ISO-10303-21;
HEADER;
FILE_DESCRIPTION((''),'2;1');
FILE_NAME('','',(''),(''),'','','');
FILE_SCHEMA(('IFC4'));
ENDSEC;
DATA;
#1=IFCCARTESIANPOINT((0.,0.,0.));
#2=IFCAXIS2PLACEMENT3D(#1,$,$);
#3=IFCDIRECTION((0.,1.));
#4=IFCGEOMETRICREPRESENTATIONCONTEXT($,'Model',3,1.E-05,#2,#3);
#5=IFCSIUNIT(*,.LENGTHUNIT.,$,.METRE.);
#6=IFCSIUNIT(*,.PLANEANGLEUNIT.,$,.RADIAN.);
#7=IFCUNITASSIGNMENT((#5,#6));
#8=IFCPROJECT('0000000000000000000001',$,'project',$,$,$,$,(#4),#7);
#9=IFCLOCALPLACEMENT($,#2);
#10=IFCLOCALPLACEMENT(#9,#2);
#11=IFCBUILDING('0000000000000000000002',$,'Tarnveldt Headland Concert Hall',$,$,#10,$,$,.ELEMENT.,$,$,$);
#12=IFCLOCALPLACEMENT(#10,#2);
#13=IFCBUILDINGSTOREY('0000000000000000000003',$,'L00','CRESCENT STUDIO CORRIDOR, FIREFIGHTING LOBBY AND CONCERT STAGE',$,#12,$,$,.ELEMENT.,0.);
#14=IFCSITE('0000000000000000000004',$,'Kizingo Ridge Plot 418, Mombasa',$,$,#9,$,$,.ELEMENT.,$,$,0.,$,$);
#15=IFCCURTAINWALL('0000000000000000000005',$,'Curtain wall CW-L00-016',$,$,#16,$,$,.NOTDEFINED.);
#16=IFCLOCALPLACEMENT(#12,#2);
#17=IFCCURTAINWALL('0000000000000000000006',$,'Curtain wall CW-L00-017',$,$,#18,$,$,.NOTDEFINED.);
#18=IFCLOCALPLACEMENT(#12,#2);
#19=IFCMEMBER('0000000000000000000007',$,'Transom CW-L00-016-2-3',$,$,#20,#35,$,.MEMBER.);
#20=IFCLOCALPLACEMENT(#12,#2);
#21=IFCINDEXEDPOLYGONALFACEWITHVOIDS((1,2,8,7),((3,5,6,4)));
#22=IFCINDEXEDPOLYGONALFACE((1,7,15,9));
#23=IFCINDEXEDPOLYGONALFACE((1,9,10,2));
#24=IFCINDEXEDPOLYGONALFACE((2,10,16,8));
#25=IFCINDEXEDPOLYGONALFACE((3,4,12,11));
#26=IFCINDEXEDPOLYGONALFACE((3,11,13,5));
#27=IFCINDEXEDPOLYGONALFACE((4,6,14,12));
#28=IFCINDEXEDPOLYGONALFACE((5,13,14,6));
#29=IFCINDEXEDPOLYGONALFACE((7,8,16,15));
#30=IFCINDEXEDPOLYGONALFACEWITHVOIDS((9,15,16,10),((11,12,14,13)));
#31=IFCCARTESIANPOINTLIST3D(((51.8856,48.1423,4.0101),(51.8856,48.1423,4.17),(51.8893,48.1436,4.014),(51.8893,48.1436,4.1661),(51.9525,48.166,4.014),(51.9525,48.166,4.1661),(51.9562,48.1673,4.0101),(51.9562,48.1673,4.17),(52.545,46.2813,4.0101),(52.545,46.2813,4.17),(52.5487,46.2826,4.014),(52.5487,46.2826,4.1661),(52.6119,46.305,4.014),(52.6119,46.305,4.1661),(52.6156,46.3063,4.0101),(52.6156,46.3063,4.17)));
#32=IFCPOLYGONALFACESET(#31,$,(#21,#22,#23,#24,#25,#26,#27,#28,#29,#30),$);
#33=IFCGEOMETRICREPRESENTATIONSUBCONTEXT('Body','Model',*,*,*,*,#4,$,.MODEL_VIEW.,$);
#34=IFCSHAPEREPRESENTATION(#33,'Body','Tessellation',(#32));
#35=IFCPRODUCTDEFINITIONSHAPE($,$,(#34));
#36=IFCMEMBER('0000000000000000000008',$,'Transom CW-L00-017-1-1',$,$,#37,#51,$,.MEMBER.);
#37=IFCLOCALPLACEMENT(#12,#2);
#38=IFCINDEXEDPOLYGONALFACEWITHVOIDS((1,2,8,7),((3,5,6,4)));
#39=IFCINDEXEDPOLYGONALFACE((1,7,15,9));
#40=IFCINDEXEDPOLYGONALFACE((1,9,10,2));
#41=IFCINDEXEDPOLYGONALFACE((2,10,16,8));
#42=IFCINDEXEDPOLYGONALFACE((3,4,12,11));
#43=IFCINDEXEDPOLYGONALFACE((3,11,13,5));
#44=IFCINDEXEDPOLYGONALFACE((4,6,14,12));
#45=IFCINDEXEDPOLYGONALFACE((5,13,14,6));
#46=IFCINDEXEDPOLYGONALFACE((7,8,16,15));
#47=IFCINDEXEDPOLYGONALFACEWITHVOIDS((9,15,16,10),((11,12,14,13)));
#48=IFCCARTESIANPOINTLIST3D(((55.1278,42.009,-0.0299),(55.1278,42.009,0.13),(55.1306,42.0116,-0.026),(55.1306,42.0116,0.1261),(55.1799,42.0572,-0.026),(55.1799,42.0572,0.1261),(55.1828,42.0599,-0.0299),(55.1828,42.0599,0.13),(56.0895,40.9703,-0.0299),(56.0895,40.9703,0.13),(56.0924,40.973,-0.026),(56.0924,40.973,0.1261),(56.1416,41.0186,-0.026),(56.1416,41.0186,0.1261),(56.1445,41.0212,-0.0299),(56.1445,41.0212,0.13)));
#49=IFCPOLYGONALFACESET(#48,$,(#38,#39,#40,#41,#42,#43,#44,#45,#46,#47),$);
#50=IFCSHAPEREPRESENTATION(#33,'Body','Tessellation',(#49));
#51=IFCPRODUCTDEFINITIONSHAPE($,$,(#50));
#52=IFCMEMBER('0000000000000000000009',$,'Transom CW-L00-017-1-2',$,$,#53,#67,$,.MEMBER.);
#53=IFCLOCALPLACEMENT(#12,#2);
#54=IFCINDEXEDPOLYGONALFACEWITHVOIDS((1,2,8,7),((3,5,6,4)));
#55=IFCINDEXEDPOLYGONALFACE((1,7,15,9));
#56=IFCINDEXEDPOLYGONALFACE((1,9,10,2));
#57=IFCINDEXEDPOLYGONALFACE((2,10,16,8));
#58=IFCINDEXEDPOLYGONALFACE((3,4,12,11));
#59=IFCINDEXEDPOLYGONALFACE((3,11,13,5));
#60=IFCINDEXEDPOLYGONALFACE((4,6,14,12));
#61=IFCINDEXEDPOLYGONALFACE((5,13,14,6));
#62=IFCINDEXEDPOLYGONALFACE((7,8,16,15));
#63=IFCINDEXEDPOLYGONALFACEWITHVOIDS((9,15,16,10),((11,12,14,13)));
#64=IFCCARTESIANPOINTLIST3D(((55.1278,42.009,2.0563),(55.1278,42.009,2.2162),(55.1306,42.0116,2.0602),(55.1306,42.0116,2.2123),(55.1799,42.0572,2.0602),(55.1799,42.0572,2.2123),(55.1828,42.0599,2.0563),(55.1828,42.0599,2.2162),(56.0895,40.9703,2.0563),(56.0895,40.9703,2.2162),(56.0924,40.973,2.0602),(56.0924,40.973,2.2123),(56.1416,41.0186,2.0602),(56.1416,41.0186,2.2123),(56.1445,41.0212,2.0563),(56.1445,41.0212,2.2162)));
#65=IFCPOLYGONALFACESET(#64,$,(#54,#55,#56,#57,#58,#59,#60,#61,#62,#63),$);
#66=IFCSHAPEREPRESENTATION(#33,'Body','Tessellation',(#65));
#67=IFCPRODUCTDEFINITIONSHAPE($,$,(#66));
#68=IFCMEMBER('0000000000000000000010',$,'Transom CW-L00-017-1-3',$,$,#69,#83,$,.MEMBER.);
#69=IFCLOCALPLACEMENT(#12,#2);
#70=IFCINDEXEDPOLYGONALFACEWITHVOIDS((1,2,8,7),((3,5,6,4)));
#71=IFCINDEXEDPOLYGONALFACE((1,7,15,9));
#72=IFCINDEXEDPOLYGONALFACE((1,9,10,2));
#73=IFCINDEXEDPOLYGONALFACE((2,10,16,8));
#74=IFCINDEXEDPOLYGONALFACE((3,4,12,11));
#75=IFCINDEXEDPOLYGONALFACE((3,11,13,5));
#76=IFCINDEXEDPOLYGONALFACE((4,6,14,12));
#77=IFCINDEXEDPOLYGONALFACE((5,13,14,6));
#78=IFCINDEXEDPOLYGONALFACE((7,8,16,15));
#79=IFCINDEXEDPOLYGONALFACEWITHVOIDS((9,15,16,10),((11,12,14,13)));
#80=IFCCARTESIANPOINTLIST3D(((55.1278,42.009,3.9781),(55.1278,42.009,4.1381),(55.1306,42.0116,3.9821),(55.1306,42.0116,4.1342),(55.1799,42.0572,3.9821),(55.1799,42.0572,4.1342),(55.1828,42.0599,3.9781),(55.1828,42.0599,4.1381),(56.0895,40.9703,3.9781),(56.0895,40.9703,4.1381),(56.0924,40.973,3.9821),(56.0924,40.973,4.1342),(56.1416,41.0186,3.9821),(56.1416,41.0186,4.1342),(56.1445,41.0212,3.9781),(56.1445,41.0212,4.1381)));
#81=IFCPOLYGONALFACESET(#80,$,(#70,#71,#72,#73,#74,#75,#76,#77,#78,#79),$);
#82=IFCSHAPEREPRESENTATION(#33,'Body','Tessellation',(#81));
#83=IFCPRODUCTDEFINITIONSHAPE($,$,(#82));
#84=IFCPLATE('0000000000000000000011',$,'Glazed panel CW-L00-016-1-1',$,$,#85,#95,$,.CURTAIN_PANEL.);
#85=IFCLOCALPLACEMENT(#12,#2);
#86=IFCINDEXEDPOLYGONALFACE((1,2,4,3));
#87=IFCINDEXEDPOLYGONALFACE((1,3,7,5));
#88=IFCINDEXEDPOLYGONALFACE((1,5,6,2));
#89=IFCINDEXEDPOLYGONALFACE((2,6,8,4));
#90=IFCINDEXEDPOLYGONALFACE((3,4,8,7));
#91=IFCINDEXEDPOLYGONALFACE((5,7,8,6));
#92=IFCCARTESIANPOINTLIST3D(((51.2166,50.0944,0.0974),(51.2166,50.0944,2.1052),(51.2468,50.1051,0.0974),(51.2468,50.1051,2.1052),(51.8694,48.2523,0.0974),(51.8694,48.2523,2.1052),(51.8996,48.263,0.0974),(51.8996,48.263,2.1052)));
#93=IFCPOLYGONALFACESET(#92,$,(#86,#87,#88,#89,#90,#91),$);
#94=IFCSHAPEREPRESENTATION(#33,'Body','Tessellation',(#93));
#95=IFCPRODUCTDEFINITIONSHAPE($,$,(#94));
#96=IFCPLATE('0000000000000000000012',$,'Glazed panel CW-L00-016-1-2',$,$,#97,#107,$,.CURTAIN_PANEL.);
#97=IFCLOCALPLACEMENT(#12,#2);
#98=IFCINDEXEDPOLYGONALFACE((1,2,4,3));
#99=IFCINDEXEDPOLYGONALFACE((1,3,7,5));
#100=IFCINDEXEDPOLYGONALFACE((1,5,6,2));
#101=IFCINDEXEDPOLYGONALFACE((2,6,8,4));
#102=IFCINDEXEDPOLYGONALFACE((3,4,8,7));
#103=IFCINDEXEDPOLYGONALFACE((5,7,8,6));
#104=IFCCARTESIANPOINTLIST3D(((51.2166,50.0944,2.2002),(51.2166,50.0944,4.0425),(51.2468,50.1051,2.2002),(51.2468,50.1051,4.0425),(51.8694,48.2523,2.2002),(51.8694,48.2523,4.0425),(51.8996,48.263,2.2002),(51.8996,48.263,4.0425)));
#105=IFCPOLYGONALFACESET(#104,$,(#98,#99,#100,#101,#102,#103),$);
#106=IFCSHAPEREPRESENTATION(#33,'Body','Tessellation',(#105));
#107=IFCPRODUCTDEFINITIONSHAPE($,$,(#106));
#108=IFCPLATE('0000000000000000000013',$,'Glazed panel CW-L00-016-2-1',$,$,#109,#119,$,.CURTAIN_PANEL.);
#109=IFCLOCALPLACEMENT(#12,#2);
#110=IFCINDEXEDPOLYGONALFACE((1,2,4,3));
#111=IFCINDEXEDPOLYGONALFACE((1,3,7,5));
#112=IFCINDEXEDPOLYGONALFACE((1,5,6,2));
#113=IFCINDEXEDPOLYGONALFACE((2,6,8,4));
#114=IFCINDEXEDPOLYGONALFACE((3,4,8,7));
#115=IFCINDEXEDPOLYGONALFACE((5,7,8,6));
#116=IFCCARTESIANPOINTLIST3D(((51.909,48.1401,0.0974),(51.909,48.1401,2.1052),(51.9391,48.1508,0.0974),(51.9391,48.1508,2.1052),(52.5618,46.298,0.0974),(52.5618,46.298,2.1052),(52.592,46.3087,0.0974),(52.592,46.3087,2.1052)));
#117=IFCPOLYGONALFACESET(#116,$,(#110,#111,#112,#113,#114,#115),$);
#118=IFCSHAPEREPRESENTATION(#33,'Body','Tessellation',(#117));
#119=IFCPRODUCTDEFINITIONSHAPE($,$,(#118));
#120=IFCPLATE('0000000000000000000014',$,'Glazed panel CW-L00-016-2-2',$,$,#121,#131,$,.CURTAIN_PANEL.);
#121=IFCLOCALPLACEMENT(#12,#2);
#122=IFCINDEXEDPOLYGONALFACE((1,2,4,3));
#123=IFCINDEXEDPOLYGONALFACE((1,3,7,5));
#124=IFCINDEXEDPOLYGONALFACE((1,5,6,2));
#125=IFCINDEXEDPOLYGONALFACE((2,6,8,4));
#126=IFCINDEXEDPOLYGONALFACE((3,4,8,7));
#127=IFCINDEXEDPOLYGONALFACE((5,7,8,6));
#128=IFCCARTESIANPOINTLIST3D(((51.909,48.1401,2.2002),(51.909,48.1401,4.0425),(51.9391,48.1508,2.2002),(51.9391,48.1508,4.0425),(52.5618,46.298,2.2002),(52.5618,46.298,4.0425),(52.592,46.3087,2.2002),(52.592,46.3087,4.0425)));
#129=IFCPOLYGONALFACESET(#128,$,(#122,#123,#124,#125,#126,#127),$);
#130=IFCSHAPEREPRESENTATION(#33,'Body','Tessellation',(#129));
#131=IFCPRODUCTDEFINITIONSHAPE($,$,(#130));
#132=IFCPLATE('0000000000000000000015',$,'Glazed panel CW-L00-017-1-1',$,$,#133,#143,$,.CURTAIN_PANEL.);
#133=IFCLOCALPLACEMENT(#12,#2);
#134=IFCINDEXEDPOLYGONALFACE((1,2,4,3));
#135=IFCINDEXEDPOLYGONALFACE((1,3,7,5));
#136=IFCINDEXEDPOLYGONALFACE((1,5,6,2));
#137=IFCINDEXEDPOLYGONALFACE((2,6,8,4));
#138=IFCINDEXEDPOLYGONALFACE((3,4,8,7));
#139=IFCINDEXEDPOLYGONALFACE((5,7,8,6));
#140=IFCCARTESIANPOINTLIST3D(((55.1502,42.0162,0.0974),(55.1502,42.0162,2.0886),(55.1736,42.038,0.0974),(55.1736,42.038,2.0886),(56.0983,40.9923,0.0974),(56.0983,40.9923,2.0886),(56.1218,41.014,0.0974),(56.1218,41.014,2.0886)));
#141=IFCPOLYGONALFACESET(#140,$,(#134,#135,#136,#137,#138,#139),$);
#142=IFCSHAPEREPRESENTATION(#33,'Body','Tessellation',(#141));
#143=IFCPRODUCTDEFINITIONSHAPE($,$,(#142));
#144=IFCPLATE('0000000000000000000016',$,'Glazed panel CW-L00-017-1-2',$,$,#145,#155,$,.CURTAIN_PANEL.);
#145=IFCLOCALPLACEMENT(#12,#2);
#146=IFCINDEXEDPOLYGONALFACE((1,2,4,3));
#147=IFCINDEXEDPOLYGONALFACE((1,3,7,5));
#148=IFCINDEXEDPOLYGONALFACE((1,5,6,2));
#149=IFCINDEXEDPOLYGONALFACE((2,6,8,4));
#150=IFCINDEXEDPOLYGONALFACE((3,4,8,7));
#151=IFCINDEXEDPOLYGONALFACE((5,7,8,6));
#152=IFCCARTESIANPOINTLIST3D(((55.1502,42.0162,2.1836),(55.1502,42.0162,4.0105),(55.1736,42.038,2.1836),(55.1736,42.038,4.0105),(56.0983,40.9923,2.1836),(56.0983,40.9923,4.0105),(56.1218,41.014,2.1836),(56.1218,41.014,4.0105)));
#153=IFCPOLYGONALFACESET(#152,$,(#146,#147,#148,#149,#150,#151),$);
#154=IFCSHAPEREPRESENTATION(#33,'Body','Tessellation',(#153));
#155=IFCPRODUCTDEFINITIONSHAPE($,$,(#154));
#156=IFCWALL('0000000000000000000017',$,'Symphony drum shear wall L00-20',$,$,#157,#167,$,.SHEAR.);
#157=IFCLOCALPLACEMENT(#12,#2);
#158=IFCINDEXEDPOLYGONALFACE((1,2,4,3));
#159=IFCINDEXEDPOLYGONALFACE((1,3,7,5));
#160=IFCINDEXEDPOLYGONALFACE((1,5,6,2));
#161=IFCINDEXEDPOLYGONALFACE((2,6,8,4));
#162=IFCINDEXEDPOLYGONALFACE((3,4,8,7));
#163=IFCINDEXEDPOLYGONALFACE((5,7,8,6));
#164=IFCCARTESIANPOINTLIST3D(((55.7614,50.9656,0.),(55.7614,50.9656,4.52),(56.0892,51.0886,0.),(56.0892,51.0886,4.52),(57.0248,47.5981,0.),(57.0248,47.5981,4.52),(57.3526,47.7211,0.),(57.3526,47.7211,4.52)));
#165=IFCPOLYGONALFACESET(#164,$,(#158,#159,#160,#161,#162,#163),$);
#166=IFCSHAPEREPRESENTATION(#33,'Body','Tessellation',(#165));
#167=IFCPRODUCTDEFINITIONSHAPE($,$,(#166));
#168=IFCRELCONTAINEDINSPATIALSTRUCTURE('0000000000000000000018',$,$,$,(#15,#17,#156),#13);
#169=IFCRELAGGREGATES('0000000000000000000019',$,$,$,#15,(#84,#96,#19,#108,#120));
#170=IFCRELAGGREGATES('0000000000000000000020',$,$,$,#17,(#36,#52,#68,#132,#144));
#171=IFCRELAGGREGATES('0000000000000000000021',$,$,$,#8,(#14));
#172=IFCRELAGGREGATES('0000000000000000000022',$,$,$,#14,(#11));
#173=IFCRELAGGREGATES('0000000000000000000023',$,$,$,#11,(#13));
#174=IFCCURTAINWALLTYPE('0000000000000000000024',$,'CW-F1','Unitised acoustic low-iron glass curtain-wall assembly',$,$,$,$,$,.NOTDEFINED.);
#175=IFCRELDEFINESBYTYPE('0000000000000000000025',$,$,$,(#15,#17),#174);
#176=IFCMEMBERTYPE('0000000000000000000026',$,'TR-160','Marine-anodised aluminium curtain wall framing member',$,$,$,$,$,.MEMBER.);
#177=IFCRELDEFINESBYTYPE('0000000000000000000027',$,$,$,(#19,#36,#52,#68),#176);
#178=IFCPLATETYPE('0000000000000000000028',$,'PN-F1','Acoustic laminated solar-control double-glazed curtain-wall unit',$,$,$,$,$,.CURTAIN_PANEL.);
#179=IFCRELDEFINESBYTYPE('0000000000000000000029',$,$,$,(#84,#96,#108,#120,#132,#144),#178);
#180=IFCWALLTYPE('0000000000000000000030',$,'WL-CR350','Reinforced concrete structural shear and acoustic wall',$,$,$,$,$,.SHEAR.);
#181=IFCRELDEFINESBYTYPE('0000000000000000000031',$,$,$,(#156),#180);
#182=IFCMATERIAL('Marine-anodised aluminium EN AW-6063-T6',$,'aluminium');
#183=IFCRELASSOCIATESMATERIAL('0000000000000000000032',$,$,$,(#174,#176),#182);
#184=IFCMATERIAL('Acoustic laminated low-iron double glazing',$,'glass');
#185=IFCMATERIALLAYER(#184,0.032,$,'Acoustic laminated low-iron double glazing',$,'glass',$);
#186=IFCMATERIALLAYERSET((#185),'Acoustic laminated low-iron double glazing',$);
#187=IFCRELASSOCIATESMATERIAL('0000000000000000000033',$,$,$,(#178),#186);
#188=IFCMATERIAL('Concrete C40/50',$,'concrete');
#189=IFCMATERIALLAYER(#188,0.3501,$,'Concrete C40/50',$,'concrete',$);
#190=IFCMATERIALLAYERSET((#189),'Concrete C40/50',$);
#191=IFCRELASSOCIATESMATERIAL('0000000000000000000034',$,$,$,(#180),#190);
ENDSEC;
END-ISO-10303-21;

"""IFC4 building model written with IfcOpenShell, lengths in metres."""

from ifc_helpers import new_model, si_unit, direction, frame, frame_2d, origin, origin_2d, place, context, subcontext, project, spatial, rectangle, hollow_rectangle, extrude, material, layer, layer_set, material_profile, profile_set, type_object, element, aggregate, save


model = new_model("IFC4")

# Units and contexts
model_context = context("Model", 3, precision=1e-05, world=origin(), true_north=direction((0.0, 1.0)))
body_context = subcontext(model_context, "Body", "Model", "MODEL_VIEW")
ifc_project = project(units=[si_unit("LENGTHUNIT", "METRE"), si_unit("PLANEANGLEUNIT", "RADIAN")], contexts=[model_context])

# Site, building, storey
site_placement = place(None, origin())
site = spatial("IfcSite", under=ifc_project, at=site_placement, Name="Kizingo Ridge Plot 418, Mombasa", CompositionType="ELEMENT", RefElevation=0.0)
building_placement = place(site_placement, origin())
building = spatial("IfcBuilding", under=site, at=building_placement, Name="Tarnveldt Headland Concert Hall", CompositionType="ELEMENT")
storey_placement = place(building_placement, origin())
storey = spatial("IfcBuildingStorey", under=building, at=storey_placement, Name="L00", Description="CRESCENT STUDIO CORRIDOR, FIREFIGHTING LOBBY AND CONCERT STAGE", CompositionType="ELEMENT", Elevation=0.0)

# Shared definitions
ifc_material_1 = material(Name="Concrete C40/50", Category="concrete")

# Curtain wall
ifc_material_2 = material(Name="Marine-anodised aluminium EN AW-6063-T6", Category="aluminium")
curtain_wall_type = type_object("IfcCurtainWallType", Name="CW-F1", Description="Unitised acoustic low-iron glass curtain-wall assembly", PredefinedType="NOTDEFINED", material=ifc_material_2)
curtain_wall_1_placement = place(storey_placement, origin())
curtain_wall_1 = element("IfcCurtainWall", 1, at=curtain_wall_1_placement, inside=storey, type_object=curtain_wall_type, Name="Curtain wall CW-L00-016", PredefinedType="NOTDEFINED")

# Curtain wall
curtain_wall_2_placement = place(storey_placement, origin())
curtain_wall_2 = element("IfcCurtainWall", 2, at=curtain_wall_2_placement, inside=storey, type_object=curtain_wall_type, Name="Curtain wall CW-L00-017", PredefinedType="NOTDEFINED")

# Members
ifc_material_profile_1 = material_profile(ifc_material_2, hollow_rectangle(XDim=0.075, YDim=0.1599, WallThickness=0.0039, at=origin_2d()), Name="ALU TRANSOM 75x160x4", Category="aluminium")
ifc_profile_set_1 = profile_set([ifc_material_profile_1], Name="Marine-anodised aluminium EN AW-6063-T6")
member_type_1 = type_object("IfcMemberType", Name="TR-160", Description="Marine-anodised aluminium curtain wall framing member", PredefinedType="MEMBER", material=ifc_profile_set_1)
member_1_placement = place(storey_placement, frame((51.9209, 48.1548, 4.0901), z_axis=(0.333978, -0.942581, 0.0), x_axis=(0.942581, 0.333978, 0.0)))
member_1 = element("IfcMember", 3, at=member_1_placement, type_object=member_type_1, Name="Transom CW-L00-016-2-3", PredefinedType="MEMBER", context=body_context, shape_type="SweptSolid", body=[
    extrude(hollow_rectangle(XDim=0.075, YDim=0.1599, WallThickness=0.0039, at=origin_2d()), origin(), (0.0, 0.0, 1.0), 1.9744),
])
member_2_placement = place(storey_placement, frame((55.1553, 42.0344, 0.05), z_axis=(0.679418, -0.733751, 0.0), x_axis=(0.733751, 0.679418, 0.0)))
member_2 = element("IfcMember", 4, at=member_2_placement, type_object=member_type_1, Name="Transom CW-L00-017-1-1", PredefinedType="MEMBER", context=body_context, shape_type="SweptSolid", body=[
    extrude(hollow_rectangle(XDim=0.075, YDim=0.1599, WallThickness=0.0039, at=origin_2d()), origin(), (0.0, 0.0, 1.0), 1.4155),
])
member_3_placement = place(storey_placement, frame((55.1553, 42.0344, 2.1362), z_axis=(0.679418, -0.733751, 0.0), x_axis=(0.733751, 0.679418, 0.0)))
member_3 = element("IfcMember", 5, at=member_3_placement, type_object=member_type_1, Name="Transom CW-L00-017-1-2", PredefinedType="MEMBER", context=body_context, shape_type="SweptSolid", body=[
    extrude(hollow_rectangle(XDim=0.075, YDim=0.1599, WallThickness=0.0039, at=origin_2d()), origin(), (0.0, 0.0, 1.0), 1.4155),
])
member_4_placement = place(storey_placement, frame((55.1553, 42.0344, 4.0581), z_axis=(0.679418, -0.733751, 0.0), x_axis=(0.733751, 0.679418, 0.0)))
member_4 = element("IfcMember", 6, at=member_4_placement, type_object=member_type_1, Name="Transom CW-L00-017-1-3", PredefinedType="MEMBER", context=body_context, shape_type="SweptSolid", body=[
    extrude(hollow_rectangle(XDim=0.075, YDim=0.1599, WallThickness=0.0039, at=origin_2d()), origin(), (0.0, 0.0, 1.0), 1.4155),
])

# Plates
ifc_material_3 = material(Name="Acoustic laminated low-iron double glazing", Category="glass")
ifc_layer_1 = layer(ifc_material_3, 0.032, Name="Acoustic laminated low-iron double glazing", Category="glass")
ifc_layer_set_1 = layer_set([ifc_layer_1], Name="Acoustic laminated low-iron double glazing")
plate_type = type_object("IfcPlateType", Name="PN-F1", Description="Acoustic laminated solar-control double-glazed curtain-wall unit", PredefinedType="CURTAIN_PANEL", material=ifc_layer_set_1)
plate_1_placement = place(storey_placement, frame((51.5581, 49.1787, 0.0974), z_axis=(0.0, 0.0, 1.0), x_axis=(0.334037, -0.94256, 0.0)))
plate_1 = element("IfcPlate", 7, at=plate_1_placement, type_object=plate_type, Name="Glazed panel CW-L00-016-1-1", PredefinedType="CURTAIN_PANEL", context=body_context, shape_type="SweptSolid", body=[
    extrude(rectangle(XDim=1.9543, YDim=0.032, at=origin_2d()), origin(), (0.0, 0.0, 1.0), 2.0078),
])
plate_2_placement = place(storey_placement, frame((51.5581, 49.1787, 2.2002), z_axis=(0.0, 0.0, 1.0), x_axis=(0.334037, -0.94256, 0.0)))
plate_2 = element("IfcPlate", 8, at=plate_2_placement, type_object=plate_type, Name="Glazed panel CW-L00-016-1-2", PredefinedType="CURTAIN_PANEL", context=body_context, shape_type="SweptSolid", body=[
    extrude(rectangle(XDim=1.9543, YDim=0.032, at=origin_2d()), origin(), (0.0, 0.0, 1.0), 1.8423),
])
plate_3_placement = place(storey_placement, frame((52.2505, 47.2244, 0.0974), z_axis=(0.0, 0.0, 1.0), x_axis=(0.334037, -0.94256, 0.0)))
plate_3 = element("IfcPlate", 9, at=plate_3_placement, type_object=plate_type, Name="Glazed panel CW-L00-016-2-1", PredefinedType="CURTAIN_PANEL", context=body_context, shape_type="SweptSolid", body=[
    extrude(rectangle(XDim=1.9543, YDim=0.032, at=origin_2d()), origin(), (0.0, 0.0, 1.0), 2.0078),
])
plate_4_placement = place(storey_placement, frame((52.2505, 47.2244, 2.2002), z_axis=(0.0, 0.0, 1.0), x_axis=(0.334037, -0.94256, 0.0)))
plate_4 = element("IfcPlate", 10, at=plate_4_placement, type_object=plate_type, Name="Glazed panel CW-L00-016-2-2", PredefinedType="CURTAIN_PANEL", context=body_context, shape_type="SweptSolid", body=[
    extrude(rectangle(XDim=1.9543, YDim=0.032, at=origin_2d()), origin(), (0.0, 0.0, 1.0), 1.8423),
])
aggregate(curtain_wall_1, [plate_1, plate_2, member_1, plate_3, plate_4])
plate_5_placement = place(storey_placement, frame((55.636, 41.5151, 0.0974), z_axis=(0.0, 0.0, 1.0), x_axis=(0.679454, -0.733718, 0.0)))
plate_5 = element("IfcPlate", 11, at=plate_5_placement, type_object=plate_type, Name="Glazed panel CW-L00-017-1-1", PredefinedType="CURTAIN_PANEL", context=body_context, shape_type="SweptSolid", body=[
    extrude(rectangle(XDim=1.3955, YDim=0.032, at=origin_2d()), origin(), (0.0, 0.0, 1.0), 1.9912),
])
plate_6_placement = place(storey_placement, frame((55.636, 41.5151, 2.1836), z_axis=(0.0, 0.0, 1.0), x_axis=(0.679454, -0.733718, 0.0)))
plate_6 = element("IfcPlate", 12, at=plate_6_placement, type_object=plate_type, Name="Glazed panel CW-L00-017-1-2", PredefinedType="CURTAIN_PANEL", context=body_context, shape_type="SweptSolid", body=[
    extrude(rectangle(XDim=1.3955, YDim=0.032, at=origin_2d()), origin(), (0.0, 0.0, 1.0), 1.8269),
])
aggregate(curtain_wall_2, [member_2, member_3, member_4, plate_5, plate_6])

# Wall
ifc_layer_2 = layer(ifc_material_1, 0.3501, Name="Concrete C40/50", Category="concrete")
ifc_layer_set_2 = layer_set([ifc_layer_2], Name="Concrete C40/50")
wall_type_1 = type_object("IfcWallType", Name="WL-CR350", Description="Reinforced concrete structural shear and acoustic wall", PredefinedType="SHEAR", material=ifc_layer_set_2)
wall_1_placement = place(storey_placement, frame((55.9253, 51.0271, 0.0), z_axis=(0.0, 0.0, 1.0), x_axis=(0.35128, -0.936271, 0.0)))
element("IfcWall", 13, at=wall_1_placement, inside=storey, type_object=wall_type_1, Name="Symphony drum shear wall L00-20", PredefinedType="SHEAR", context=body_context, shape_type="SweptSolid", body=[
    extrude(rectangle(XDim=3.5967, YDim=0.3501, at=frame_2d((1.7983, 0.0))), origin(), (0.0, 0.0, 1.0), 4.52),
])

save(model, "model.ifc")
